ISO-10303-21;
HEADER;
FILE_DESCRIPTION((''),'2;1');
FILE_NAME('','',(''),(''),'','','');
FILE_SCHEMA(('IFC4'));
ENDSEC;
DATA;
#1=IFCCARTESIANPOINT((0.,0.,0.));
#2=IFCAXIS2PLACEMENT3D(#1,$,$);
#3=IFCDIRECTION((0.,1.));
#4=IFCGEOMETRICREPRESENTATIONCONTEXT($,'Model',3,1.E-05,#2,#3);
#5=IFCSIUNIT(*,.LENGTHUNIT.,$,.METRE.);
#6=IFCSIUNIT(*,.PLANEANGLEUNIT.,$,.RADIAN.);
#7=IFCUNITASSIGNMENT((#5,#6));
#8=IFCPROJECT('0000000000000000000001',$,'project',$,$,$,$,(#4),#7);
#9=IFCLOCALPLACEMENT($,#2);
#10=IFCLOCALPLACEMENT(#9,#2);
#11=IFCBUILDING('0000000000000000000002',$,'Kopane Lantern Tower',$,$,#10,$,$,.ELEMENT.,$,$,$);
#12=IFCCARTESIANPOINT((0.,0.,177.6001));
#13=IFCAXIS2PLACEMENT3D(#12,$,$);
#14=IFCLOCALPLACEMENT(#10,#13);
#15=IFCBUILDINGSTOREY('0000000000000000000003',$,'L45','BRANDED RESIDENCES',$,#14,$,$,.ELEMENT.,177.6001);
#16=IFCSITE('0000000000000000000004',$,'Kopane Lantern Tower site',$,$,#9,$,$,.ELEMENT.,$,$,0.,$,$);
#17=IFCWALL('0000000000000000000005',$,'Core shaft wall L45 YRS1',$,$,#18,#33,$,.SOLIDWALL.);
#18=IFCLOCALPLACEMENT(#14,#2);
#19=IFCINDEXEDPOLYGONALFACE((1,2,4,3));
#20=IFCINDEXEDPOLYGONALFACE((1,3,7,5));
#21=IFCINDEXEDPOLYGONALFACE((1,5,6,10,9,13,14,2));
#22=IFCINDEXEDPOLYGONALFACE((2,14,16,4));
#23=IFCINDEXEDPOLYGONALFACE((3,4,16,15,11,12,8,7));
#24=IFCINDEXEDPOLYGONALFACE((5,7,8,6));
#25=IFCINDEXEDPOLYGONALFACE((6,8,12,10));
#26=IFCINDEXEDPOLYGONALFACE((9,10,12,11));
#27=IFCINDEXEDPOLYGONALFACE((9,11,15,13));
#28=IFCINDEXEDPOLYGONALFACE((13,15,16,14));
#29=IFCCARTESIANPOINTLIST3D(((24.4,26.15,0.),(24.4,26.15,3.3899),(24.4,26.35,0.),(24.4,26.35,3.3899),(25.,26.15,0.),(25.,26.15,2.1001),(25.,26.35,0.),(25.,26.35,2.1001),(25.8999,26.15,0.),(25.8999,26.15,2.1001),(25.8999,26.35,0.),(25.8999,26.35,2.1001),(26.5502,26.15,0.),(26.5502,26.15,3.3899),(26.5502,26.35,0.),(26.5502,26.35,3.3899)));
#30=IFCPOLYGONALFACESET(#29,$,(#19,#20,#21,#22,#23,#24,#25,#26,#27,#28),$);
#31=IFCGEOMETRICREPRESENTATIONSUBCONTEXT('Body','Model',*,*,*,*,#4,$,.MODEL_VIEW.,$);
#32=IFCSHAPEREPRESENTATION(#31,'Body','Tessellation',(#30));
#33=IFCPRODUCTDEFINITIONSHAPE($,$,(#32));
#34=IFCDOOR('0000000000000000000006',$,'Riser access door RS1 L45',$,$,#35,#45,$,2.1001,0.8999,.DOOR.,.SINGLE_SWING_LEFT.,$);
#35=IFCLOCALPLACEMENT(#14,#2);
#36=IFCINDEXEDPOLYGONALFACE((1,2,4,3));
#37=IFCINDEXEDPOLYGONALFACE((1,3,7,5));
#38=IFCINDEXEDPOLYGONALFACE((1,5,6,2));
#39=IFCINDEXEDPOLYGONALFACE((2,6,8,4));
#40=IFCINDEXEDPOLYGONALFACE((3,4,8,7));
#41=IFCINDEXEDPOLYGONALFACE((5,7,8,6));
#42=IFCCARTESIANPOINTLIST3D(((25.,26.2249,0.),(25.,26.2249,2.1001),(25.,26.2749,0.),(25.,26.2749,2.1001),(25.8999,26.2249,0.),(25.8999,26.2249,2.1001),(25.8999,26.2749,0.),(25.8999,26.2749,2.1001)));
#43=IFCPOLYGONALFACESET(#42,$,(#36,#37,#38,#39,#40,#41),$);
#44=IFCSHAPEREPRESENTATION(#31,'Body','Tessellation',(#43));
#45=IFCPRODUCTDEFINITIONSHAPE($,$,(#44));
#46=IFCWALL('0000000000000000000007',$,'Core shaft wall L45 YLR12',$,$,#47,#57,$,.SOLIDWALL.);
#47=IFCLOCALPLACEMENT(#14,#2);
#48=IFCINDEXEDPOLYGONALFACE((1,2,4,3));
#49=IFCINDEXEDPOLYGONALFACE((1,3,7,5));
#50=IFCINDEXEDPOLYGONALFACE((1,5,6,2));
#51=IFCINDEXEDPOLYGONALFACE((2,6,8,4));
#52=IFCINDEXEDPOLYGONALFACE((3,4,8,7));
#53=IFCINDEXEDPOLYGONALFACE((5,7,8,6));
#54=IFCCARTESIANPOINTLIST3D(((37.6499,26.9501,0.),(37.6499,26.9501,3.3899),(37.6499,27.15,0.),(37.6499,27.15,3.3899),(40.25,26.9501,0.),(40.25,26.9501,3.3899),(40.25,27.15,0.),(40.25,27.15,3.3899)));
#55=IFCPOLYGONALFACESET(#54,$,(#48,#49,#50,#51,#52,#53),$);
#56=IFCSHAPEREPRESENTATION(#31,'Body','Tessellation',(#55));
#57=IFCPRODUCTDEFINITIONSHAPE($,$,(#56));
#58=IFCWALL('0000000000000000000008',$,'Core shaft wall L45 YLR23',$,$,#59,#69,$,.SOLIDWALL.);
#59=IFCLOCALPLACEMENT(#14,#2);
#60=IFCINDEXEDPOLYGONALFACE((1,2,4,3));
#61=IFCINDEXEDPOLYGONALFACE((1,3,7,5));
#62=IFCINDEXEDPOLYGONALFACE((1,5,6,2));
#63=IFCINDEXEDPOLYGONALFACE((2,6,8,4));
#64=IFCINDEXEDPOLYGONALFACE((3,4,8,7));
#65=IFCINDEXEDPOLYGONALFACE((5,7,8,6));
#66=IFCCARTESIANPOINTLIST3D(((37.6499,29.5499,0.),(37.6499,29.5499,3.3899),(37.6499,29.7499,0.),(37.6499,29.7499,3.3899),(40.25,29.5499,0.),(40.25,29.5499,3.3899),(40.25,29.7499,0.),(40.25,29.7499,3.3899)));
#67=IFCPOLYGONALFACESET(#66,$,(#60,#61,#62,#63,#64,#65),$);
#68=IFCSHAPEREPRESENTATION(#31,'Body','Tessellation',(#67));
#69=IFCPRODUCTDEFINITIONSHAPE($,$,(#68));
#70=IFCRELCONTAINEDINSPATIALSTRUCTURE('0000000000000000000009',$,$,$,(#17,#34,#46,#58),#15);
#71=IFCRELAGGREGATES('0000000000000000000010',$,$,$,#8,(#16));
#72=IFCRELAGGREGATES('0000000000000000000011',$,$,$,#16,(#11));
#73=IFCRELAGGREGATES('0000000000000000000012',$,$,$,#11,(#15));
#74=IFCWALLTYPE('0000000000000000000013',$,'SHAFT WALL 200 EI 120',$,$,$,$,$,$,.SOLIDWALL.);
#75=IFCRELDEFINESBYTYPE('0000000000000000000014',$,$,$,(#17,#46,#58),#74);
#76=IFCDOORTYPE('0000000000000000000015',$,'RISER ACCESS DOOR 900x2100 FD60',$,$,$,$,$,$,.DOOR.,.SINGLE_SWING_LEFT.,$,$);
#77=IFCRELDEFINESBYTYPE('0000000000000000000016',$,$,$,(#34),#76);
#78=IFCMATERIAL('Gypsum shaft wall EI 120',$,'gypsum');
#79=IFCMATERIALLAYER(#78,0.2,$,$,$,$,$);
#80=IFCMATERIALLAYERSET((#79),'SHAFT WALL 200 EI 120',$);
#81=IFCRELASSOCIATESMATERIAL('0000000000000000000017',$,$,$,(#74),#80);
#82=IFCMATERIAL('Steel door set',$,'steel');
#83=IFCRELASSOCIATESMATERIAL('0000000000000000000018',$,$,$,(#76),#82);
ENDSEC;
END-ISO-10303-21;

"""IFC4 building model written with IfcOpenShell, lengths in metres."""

from ifc_helpers import new_model, si_unit, direction, frame, frame_2d, origin, place, context, subcontext, project, spatial, rectangle, extrude, material, layer, layer_set, type_object, element, fill, save


model = new_model("IFC4")

# Units and contexts
model_context = context("Model", 3, precision=1e-05, world=origin(), true_north=direction((0.0, 1.0)))
body_context = subcontext(model_context, "Body", "Model", "MODEL_VIEW")
ifc_project = project(units=[si_unit("LENGTHUNIT", "METRE"), si_unit("PLANEANGLEUNIT", "RADIAN")], contexts=[model_context])

# Site, building, storey
site_placement = place(None, origin())
site = spatial("IfcSite", under=ifc_project, at=site_placement, Name="Kopane Lantern Tower site", CompositionType="ELEMENT", RefElevation=0.0)
building_placement = place(site_placement, origin())
building = spatial("IfcBuilding", under=site, at=building_placement, Name="Kopane Lantern Tower", CompositionType="ELEMENT")
storey_placement = place(building_placement, frame((0.0, 0.0, 177.6001)))
storey = spatial("IfcBuildingStorey", under=building, at=storey_placement, Name="L45", Description="BRANDED RESIDENCES", CompositionType="ELEMENT", Elevation=177.6001)

# Shared definitions
ifc_material_1 = material(Name="Gypsum shaft wall EI 120", Category="gypsum")
ifc_layer_1 = layer(ifc_material_1, 0.2)
ifc_layer_set_1 = layer_set([ifc_layer_1], Name="SHAFT WALL 200 EI 120")
wall_type_1 = type_object("IfcWallType", Name="SHAFT WALL 200 EI 120", PredefinedType="SOLIDWALL", material=ifc_layer_set_1)

# Wall, opening, door
wall_1_placement = place(storey_placement, frame((24.3999, 26.25, 0.0), z_axis=(0.0, 0.0, 1.0), x_axis=(1.0, 0.0, 0.0)))
wall_1 = element("IfcWall", 1, at=wall_1_placement, inside=storey, type_object=wall_type_1, Name="Core shaft wall L45 YRS1", PredefinedType="SOLIDWALL", context=body_context, shape_type="SweptSolid", body=[
    extrude(rectangle(XDim=2.1501, YDim=0.2, at=frame_2d((1.0752, 0.0))), origin(), (0.0, 0.0, 1.0), 3.3899),
])
opening_1_placement = place(wall_1_placement, frame((0.6001, 0.0, 0.0)))
opening_1 = element("IfcOpeningElement", 2, at=opening_1_placement, cuts=wall_1, PredefinedType="OPENING", context=body_context, shape_type="SweptSolid", body=[
    extrude(rectangle(XDim=0.8999, YDim=2.1001, at=frame_2d((0.45, 1.05))), frame((0.0, 0.1099, 0.0), z_axis=(0.0, -1.0, 0.0), x_axis=(1.0, 0.0, 0.0)), (0.0, 0.0, 1.0), 0.22),
])
ifc_material_2 = material(Name="Steel door set", Category="steel")
door_type_1 = type_object("IfcDoorType", Name="RISER ACCESS DOOR 900x2100 FD60", OperationType="SINGLE_SWING_LEFT", PredefinedType="DOOR", material=ifc_material_2)
door_1_placement = place(opening_1_placement, origin())
door_1 = element("IfcDoor", 3, at=door_1_placement, inside=storey, type_object=door_type_1, Name="Riser access door RS1 L45", OperationType="SINGLE_SWING_LEFT", OverallHeight=2.1001, OverallWidth=0.8999, PredefinedType="DOOR", context=body_context, shape_type="SweptSolid", body=[
    extrude(rectangle(XDim=0.8999, YDim=2.1001, at=frame_2d((0.45, 1.05))), frame((0.0, 0.0249, 0.0), z_axis=(0.0, -1.0, 0.0), x_axis=(1.0, 0.0, 0.0)), (0.0, 0.0, 1.0), 0.05),
])
fill(opening_1, door_1)

# Walls
for number, where, z_axis, x_axis, name in (
    (4, (37.6499, 27.05, 0.0), (0.0, 0.0, 1.0), (1.0, 0.0, 0.0), "Core shaft wall L45 YLR12"),
    (5, (37.6499, 29.6499, 0.0), (0.0, 0.0, 1.0), (1.0, 0.0, 0.0), "Core shaft wall L45 YLR23"),
):
    element("IfcWall", number, at=place(storey_placement, frame(where, z_axis=z_axis, x_axis=x_axis)), inside=storey, type_object=wall_type_1, Name=name, PredefinedType="SOLIDWALL", context=body_context, shape_type="SweptSolid", body=[
        extrude(rectangle(XDim=2.6001, YDim=0.2, at=frame_2d((1.3, 0.0))), origin(), (0.0, 0.0, 1.0), 3.3899),
    ])

save(model, "model.ifc")
